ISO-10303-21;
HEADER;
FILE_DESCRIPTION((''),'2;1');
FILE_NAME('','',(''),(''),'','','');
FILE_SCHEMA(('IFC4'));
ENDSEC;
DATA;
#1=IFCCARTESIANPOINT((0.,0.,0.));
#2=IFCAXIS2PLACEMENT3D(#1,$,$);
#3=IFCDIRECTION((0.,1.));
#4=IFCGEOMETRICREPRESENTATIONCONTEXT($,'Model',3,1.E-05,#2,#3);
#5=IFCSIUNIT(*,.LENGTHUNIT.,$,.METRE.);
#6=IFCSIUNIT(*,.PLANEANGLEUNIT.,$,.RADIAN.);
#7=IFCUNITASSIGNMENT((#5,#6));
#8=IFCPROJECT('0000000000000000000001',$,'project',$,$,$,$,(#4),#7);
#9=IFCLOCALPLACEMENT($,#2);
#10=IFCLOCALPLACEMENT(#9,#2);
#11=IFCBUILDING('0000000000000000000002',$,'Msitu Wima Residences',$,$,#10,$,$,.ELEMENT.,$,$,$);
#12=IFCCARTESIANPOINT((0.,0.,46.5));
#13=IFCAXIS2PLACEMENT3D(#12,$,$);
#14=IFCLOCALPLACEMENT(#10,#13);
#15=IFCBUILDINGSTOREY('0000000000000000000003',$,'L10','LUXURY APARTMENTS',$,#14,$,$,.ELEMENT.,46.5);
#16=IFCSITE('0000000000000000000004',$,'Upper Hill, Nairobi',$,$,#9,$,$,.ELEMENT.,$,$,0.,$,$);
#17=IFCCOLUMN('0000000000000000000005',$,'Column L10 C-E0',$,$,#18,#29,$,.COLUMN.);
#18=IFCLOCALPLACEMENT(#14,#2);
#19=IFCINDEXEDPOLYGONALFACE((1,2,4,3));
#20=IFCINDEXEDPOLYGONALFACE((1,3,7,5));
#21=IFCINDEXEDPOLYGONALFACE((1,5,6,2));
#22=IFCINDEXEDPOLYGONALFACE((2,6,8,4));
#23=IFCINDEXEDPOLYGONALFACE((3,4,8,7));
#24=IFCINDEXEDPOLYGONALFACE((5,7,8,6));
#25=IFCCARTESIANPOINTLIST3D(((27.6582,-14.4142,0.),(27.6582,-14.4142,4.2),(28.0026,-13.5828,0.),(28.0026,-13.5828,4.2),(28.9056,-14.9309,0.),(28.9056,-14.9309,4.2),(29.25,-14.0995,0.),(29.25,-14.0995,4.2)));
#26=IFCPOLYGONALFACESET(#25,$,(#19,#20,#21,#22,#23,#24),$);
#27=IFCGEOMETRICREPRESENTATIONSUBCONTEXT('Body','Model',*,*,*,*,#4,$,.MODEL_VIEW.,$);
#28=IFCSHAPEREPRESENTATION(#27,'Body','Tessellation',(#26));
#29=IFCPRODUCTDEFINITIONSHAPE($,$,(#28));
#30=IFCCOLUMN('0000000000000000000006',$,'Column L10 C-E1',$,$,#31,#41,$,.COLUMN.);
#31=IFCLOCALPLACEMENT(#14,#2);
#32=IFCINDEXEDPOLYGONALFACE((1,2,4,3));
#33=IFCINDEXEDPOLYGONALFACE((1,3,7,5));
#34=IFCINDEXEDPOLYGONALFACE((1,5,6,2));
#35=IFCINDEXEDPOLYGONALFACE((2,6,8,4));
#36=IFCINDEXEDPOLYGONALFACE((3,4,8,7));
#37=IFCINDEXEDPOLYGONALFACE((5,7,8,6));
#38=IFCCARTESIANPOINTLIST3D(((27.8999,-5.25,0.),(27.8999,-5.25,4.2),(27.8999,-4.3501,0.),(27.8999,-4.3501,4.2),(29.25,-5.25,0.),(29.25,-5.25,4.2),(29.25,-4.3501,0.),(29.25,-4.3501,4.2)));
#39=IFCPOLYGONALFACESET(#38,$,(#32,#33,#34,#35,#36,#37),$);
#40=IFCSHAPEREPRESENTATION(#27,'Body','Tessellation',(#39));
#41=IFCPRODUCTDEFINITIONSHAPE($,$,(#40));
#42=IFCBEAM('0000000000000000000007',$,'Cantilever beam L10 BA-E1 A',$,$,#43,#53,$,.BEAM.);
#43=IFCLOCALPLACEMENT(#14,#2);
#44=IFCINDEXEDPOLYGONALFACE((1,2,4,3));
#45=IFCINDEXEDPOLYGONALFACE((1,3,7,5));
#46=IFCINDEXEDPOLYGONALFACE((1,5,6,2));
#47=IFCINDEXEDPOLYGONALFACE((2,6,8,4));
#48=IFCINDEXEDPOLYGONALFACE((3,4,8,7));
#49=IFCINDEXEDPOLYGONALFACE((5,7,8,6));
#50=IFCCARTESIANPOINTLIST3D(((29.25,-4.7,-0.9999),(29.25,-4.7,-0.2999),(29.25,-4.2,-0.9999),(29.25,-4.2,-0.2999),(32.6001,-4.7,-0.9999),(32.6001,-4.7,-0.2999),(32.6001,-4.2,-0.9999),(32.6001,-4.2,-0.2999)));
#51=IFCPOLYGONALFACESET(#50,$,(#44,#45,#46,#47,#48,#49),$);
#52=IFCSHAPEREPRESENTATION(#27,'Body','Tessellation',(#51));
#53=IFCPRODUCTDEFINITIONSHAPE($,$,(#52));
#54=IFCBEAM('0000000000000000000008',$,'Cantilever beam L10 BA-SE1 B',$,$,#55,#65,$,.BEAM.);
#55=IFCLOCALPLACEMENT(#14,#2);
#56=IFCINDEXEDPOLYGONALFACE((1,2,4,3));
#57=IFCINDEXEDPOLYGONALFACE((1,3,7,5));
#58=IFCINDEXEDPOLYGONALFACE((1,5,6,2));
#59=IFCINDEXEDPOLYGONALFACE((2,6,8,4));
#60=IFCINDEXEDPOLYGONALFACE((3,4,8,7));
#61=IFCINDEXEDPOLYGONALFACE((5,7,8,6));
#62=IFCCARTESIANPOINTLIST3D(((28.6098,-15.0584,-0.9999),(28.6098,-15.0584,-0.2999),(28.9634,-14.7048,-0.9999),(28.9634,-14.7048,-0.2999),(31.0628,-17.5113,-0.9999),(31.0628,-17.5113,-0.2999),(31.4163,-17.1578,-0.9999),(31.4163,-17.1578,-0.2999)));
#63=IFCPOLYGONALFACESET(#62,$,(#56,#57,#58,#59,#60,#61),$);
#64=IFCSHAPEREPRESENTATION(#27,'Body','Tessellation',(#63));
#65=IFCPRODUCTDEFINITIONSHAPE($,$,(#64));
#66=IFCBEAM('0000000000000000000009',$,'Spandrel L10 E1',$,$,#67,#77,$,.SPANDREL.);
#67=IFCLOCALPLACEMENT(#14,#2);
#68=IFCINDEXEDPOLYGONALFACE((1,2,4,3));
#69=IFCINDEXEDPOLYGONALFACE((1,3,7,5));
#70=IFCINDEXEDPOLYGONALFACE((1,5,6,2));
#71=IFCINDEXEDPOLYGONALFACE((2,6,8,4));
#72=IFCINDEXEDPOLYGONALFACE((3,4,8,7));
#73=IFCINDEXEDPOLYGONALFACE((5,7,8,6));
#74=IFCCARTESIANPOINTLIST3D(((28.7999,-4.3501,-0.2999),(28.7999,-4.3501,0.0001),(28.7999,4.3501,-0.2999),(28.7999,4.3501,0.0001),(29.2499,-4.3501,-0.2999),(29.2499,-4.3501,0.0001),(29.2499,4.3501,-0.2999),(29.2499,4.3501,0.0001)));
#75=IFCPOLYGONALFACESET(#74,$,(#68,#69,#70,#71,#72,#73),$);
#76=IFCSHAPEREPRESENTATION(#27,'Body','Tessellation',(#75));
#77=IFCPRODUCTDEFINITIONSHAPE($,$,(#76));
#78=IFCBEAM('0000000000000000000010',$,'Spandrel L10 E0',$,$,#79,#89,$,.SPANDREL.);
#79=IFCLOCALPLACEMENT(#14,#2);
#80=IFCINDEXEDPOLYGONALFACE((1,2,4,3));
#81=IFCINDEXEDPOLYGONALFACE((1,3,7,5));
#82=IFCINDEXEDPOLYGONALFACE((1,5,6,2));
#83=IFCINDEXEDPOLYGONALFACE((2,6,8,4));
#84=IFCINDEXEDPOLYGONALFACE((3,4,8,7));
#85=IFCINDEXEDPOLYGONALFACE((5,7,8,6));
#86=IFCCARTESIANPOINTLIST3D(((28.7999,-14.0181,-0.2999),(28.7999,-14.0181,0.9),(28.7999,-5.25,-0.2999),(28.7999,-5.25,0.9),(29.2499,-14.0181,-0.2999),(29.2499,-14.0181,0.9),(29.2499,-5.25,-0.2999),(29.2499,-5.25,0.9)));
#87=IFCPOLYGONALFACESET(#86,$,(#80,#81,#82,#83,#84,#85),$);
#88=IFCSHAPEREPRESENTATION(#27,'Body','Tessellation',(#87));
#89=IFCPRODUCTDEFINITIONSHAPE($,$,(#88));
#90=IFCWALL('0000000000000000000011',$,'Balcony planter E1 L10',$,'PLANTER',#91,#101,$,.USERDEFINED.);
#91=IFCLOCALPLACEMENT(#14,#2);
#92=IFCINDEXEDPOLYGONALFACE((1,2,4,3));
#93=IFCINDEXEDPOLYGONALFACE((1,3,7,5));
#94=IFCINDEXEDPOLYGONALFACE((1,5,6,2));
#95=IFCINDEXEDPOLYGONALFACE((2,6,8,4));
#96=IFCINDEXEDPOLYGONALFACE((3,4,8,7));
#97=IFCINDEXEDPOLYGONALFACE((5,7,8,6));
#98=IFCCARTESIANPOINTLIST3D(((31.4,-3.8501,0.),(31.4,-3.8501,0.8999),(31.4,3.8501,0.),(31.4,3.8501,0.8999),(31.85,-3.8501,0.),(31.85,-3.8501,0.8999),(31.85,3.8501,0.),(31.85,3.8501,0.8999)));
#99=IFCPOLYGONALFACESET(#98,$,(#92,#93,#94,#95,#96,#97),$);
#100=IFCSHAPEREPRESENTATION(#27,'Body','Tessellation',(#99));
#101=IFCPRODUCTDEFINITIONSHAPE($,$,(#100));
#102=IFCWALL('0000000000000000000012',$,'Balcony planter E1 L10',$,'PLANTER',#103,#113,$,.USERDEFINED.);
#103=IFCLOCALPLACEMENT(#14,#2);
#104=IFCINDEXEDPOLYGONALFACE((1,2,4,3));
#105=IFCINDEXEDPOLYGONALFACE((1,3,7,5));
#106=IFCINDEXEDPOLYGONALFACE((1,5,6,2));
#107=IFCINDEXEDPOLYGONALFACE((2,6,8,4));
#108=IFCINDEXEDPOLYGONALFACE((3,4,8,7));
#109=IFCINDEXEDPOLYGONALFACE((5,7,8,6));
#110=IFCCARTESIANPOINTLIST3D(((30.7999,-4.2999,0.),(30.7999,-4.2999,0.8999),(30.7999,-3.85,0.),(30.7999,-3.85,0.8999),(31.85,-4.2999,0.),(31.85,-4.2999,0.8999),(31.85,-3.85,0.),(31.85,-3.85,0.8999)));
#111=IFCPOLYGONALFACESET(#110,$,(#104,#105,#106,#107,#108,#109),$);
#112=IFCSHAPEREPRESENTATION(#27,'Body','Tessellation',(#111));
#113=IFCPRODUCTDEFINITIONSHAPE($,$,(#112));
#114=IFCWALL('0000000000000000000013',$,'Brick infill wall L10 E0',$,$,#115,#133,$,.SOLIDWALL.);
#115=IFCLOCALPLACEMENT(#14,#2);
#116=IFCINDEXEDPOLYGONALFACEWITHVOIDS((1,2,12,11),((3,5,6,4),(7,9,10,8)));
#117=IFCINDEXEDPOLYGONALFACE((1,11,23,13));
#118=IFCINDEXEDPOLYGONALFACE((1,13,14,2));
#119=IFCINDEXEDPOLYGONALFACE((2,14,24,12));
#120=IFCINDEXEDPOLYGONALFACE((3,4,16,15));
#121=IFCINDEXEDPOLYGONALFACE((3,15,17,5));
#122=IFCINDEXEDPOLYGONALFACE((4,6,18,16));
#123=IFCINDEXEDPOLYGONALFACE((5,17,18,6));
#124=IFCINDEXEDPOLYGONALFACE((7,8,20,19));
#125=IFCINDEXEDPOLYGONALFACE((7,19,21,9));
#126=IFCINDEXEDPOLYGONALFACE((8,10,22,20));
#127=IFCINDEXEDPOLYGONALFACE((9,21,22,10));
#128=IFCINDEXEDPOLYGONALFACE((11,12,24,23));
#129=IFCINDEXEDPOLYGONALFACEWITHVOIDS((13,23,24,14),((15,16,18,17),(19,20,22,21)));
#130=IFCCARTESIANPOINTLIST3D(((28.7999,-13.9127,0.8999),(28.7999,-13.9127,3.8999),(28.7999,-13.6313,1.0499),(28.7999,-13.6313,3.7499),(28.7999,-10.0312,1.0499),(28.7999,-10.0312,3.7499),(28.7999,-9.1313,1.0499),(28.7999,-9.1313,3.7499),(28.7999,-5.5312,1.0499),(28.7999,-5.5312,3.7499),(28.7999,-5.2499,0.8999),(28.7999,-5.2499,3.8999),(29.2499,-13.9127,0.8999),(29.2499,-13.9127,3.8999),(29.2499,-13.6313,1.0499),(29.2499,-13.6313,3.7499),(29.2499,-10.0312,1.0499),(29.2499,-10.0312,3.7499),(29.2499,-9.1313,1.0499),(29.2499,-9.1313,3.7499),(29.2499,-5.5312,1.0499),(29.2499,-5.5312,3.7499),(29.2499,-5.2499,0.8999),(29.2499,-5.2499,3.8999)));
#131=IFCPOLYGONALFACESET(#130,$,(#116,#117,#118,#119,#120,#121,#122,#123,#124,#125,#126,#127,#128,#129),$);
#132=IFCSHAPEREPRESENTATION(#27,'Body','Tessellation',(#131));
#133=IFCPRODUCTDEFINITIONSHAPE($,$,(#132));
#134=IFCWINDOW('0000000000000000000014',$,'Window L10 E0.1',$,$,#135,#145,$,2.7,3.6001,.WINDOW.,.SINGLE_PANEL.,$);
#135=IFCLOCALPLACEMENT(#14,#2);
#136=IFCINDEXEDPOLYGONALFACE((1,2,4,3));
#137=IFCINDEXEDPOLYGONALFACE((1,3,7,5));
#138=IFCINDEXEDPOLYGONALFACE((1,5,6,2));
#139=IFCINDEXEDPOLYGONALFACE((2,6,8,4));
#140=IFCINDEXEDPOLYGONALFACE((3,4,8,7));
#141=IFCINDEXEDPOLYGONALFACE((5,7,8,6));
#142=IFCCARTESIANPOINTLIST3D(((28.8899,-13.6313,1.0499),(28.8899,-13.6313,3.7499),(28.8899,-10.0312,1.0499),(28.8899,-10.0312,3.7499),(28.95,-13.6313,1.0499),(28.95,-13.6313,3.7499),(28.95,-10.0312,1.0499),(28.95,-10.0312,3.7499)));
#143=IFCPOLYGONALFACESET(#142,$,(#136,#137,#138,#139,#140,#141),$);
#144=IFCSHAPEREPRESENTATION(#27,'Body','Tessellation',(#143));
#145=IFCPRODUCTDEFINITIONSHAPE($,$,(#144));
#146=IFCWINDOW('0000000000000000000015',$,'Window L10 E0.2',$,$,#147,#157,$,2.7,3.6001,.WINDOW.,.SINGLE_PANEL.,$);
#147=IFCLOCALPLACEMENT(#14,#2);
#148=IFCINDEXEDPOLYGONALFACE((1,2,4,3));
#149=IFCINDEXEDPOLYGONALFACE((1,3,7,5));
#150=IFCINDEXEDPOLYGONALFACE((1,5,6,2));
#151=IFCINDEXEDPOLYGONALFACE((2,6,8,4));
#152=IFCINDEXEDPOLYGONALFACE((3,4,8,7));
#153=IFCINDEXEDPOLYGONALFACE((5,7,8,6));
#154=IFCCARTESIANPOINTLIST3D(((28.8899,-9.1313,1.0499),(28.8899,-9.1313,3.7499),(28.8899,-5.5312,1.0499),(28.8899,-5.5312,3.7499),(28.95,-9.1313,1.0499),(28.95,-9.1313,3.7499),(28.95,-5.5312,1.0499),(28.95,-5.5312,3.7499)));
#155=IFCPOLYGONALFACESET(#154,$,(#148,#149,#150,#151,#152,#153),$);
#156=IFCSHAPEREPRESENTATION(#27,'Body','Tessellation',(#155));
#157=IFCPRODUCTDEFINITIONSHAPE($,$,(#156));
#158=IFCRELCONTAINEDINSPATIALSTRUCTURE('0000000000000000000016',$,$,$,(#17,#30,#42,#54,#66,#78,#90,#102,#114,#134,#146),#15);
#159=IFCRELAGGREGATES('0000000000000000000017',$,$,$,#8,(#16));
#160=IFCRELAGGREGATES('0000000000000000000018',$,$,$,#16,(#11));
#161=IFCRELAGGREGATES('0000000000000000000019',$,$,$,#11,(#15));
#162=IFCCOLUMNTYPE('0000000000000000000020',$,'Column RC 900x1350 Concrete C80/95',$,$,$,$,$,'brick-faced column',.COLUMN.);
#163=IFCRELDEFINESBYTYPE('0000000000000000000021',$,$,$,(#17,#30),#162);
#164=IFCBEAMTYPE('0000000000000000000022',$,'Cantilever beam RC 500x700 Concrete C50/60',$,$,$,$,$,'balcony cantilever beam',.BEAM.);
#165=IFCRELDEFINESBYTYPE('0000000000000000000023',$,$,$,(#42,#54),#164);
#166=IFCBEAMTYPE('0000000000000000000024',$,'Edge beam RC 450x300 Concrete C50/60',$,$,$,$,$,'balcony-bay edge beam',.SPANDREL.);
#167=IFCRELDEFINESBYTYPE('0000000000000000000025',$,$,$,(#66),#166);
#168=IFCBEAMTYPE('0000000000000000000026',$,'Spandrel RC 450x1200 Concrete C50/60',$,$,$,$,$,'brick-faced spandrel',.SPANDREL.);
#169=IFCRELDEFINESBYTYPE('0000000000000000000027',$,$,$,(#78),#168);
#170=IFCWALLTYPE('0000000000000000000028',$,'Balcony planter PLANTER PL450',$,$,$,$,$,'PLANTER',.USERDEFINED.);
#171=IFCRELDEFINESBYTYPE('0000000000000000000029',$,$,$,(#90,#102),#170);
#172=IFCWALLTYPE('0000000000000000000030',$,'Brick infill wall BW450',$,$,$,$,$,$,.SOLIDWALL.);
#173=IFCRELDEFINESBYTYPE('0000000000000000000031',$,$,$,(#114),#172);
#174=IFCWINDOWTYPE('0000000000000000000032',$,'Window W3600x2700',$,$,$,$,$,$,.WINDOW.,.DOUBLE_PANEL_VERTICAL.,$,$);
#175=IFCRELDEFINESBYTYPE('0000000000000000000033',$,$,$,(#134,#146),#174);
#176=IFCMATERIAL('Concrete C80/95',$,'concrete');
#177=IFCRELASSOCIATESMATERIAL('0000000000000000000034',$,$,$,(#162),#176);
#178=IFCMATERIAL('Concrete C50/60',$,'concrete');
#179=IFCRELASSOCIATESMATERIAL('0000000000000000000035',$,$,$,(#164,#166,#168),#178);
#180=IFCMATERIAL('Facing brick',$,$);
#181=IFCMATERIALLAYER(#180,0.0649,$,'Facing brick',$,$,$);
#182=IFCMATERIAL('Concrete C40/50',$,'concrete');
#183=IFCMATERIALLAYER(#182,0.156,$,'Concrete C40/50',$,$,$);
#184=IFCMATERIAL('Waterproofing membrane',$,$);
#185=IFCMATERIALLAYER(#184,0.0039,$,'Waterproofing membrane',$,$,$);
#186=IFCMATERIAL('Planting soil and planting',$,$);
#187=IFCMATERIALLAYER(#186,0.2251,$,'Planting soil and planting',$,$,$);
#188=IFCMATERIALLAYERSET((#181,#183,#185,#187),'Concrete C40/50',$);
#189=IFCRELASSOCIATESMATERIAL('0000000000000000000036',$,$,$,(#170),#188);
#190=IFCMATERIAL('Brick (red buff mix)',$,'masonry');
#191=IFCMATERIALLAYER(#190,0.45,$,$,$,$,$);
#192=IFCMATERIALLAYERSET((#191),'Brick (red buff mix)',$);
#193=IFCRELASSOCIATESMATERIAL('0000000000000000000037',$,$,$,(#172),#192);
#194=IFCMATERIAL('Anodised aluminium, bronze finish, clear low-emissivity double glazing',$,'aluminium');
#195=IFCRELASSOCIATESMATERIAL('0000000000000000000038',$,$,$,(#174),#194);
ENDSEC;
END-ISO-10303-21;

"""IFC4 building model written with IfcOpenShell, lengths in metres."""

from ifc_helpers import new_model, si_unit, direction, frame, frame_2d, origin, origin_2d, place, context, subcontext, project, spatial, rectangle, extrude, material, layer, layer_set, material_profile, profile_set, type_object, element, fill, save


model = new_model("IFC4")

# Units and contexts
model_context = context("Model", 3, precision=1e-05, world=origin(), true_north=direction((0.0, 1.0)))
body_context = subcontext(model_context, "Body", "Model", "MODEL_VIEW")
ifc_project = project(units=[si_unit("LENGTHUNIT", "METRE"), si_unit("PLANEANGLEUNIT", "RADIAN")], contexts=[model_context])

# Site, building, storey
site_placement = place(None, origin())
site = spatial("IfcSite", under=ifc_project, at=site_placement, Name="Upper Hill, Nairobi", CompositionType="ELEMENT", RefElevation=0.0)
building_placement = place(site_placement, origin())
building = spatial("IfcBuilding", under=site, at=building_placement, Name="Msitu Wima Residences", CompositionType="ELEMENT")
storey_placement = place(building_placement, frame((0.0, 0.0, 46.5)))
storey = spatial("IfcBuildingStorey", under=building, at=storey_placement, Name="L10", Description="LUXURY APARTMENTS", CompositionType="ELEMENT", Elevation=46.5)

# Columns
ifc_material_1 = material(Name="Concrete C80/95", Category="concrete")
ifc_material_profile_1 = material_profile(ifc_material_1, rectangle(XDim=0.8999, YDim=1.3501, at=origin_2d()), Name="RC 900x1350")
ifc_profile_set_1 = profile_set([ifc_material_profile_1], Name="Concrete C80/95")
column_type = type_object("IfcColumnType", Name="Column RC 900x1350 Concrete C80/95", ElementType="brick-faced column", PredefinedType="COLUMN", material=ifc_profile_set_1)
for number, where, z_axis, x_axis, name in (
    (1, (28.4541, -14.2568, 0.0), (0.0, 0.0, 1.0), (0.382683, 0.92388, 0.0), "Column L10 C-E0"),
    (2, (28.575, -4.8, 0.0), (0.0, 0.0, 1.0), (0.0, 1.0, 0.0), "Column L10 C-E1"),
):
    element("IfcColumn", number, at=place(storey_placement, frame(where, z_axis=z_axis, x_axis=x_axis)), inside=storey, type_object=column_type, Name=name, PredefinedType="COLUMN", context=body_context, shape_type="SweptSolid", body=[
        extrude(rectangle(XDim=0.8999, YDim=1.3501, at=origin_2d()), origin(), (0.0, 0.0, 1.0), 4.2),
    ])

# Beams
ifc_material_2 = material(Name="Concrete C50/60", Category="concrete")
ifc_material_profile_2 = material_profile(ifc_material_2, rectangle(XDim=0.5, YDim=0.7, at=origin_2d()), Name="RC 500x700")
ifc_profile_set_2 = profile_set([ifc_material_profile_2], Name="Concrete C50/60")
beam_type_1 = type_object("IfcBeamType", Name="Cantilever beam RC 500x700 Concrete C50/60", ElementType="balcony cantilever beam", PredefinedType="BEAM", material=ifc_profile_set_2)
beam_1_placement = place(storey_placement, frame((29.25, -4.45, -0.6499), z_axis=(1.0, 0.0, 0.0), x_axis=(0.0, 1.0, 0.0)))
element("IfcBeam", 3, at=beam_1_placement, inside=storey, type_object=beam_type_1, Name="Cantilever beam L10 BA-E1 A", PredefinedType="BEAM", context=body_context, shape_type="SweptSolid", body=[
    extrude(rectangle(XDim=0.5, YDim=0.7, at=origin_2d()), origin(), (0.0, 0.0, 1.0), 3.3501),
])
beam_2_placement = place(storey_placement, frame((28.7866, -14.8816, -0.6499), z_axis=(0.707107, -0.707107, 0.0), x_axis=(0.707107, 0.707107, 0.0)))
element("IfcBeam", 4, at=beam_2_placement, inside=storey, type_object=beam_type_1, Name="Cantilever beam L10 BA-SE1 B", PredefinedType="BEAM", context=body_context, shape_type="SweptSolid", body=[
    extrude(rectangle(XDim=0.5, YDim=0.7, at=origin_2d()), origin(), (0.0, 0.0, 1.0), 3.469),
])
ifc_material_profile_3 = material_profile(ifc_material_2, rectangle(XDim=0.45, YDim=0.3, at=origin_2d()), Name="RC 450x300")
ifc_profile_set_3 = profile_set([ifc_material_profile_3], Name="Concrete C50/60")
beam_type_2 = type_object("IfcBeamType", Name="Edge beam RC 450x300 Concrete C50/60", ElementType="balcony-bay edge beam", PredefinedType="SPANDREL", material=ifc_profile_set_3)
beam_3_placement = place(storey_placement, frame((29.0249, -4.3501, -0.1499), z_axis=(0.0, 1.0, 0.0), x_axis=(-1.0, 0.0, 0.0)))
element("IfcBeam", 5, at=beam_3_placement, inside=storey, type_object=beam_type_2, Name="Spandrel L10 E1", PredefinedType="SPANDREL", context=body_context, shape_type="SweptSolid", body=[
    extrude(rectangle(XDim=0.45, YDim=0.3, at=origin_2d()), origin(), (0.0, 0.0, 1.0), 8.7002),
])
ifc_material_profile_4 = material_profile(ifc_material_2, rectangle(XDim=0.45, YDim=1.2, at=origin_2d()), Name="RC 450x1200")
ifc_profile_set_4 = profile_set([ifc_material_profile_4], Name="Concrete C50/60")
beam_type_3 = type_object("IfcBeamType", Name="Spandrel RC 450x1200 Concrete C50/60", ElementType="brick-faced spandrel", PredefinedType="SPANDREL", material=ifc_profile_set_4)
beam_4_placement = place(storey_placement, frame((29.0249, -14.0181, 0.3), z_axis=(0.0, 1.0, 0.0), x_axis=(-1.0, 0.0, 0.0)))
element("IfcBeam", 6, at=beam_4_placement, inside=storey, type_object=beam_type_3, Name="Spandrel L10 E0", PredefinedType="SPANDREL", context=body_context, shape_type="SweptSolid", body=[
    extrude(rectangle(XDim=0.45, YDim=1.2, at=origin_2d()), origin(), (0.0, 0.0, 1.0), 8.7681),
])

# Walls
ifc_material_3 = material(Name="Facing brick")
ifc_layer_1 = layer(ifc_material_3, 0.0649, Name="Facing brick")
ifc_material_4 = material(Name="Concrete C40/50", Category="concrete")
ifc_layer_2 = layer(ifc_material_4, 0.156, Name="Concrete C40/50")
ifc_material_5 = material(Name="Waterproofing membrane")
ifc_layer_3 = layer(ifc_material_5, 0.0039, Name="Waterproofing membrane")
ifc_material_6 = material(Name="Planting soil and planting")
ifc_layer_4 = layer(ifc_material_6, 0.2251, Name="Planting soil and planting")
ifc_layer_set_1 = layer_set([ifc_layer_1, ifc_layer_2, ifc_layer_3, ifc_layer_4], Name="Concrete C40/50")
wall_type_1 = type_object("IfcWallType", Name="Balcony planter PLANTER PL450", ElementType="PLANTER", PredefinedType="USERDEFINED", material=ifc_layer_set_1)
wall_1_placement = place(storey_placement, frame((31.625, -3.8501, 0.0), z_axis=(0.0, 0.0, 1.0), x_axis=(0.0, 1.0, 0.0)))
element("IfcWall", 7, at=wall_1_placement, inside=storey, type_object=wall_type_1, Name="Balcony planter E1 L10", ObjectType="PLANTER", PredefinedType="USERDEFINED", context=body_context, shape_type="SweptSolid", body=[
    extrude(rectangle(XDim=7.7002, YDim=0.45, at=frame_2d((3.8501, 0.0))), origin(), (0.0, 0.0, 1.0), 0.8999),
])
wall_2_placement = place(storey_placement, frame((30.8, -4.075, 0.0), z_axis=(0.0, 0.0, 1.0), x_axis=(1.0, 0.0, 0.0)))
element("IfcWall", 8, at=wall_2_placement, inside=storey, type_object=wall_type_1, Name="Balcony planter E1 L10", ObjectType="PLANTER", PredefinedType="USERDEFINED", context=body_context, shape_type="SweptSolid", body=[
    extrude(rectangle(XDim=1.05, YDim=0.45, at=frame_2d((0.5249, 0.0))), origin(), (0.0, 0.0, 1.0), 0.8999),
])

# Wall, openings, windows
ifc_material_7 = material(Name="Brick (red buff mix)", Category="masonry")
ifc_layer_5 = layer(ifc_material_7, 0.45)
ifc_layer_set_2 = layer_set([ifc_layer_5], Name="Brick (red buff mix)")
wall_type_2 = type_object("IfcWallType", Name="Brick infill wall BW450", PredefinedType="SOLIDWALL", material=ifc_layer_set_2)
wall_3_placement = place(storey_placement, frame((29.0249, -13.9128, 0.8999), z_axis=(0.0, 0.0, 1.0), x_axis=(0.0, 1.0, 0.0)))
wall_3 = element("IfcWall", 9, at=wall_3_placement, inside=storey, type_object=wall_type_2, Name="Brick infill wall L10 E0", PredefinedType="SOLIDWALL", context=body_context, shape_type="SweptSolid", body=[
    extrude(rectangle(XDim=8.6628, YDim=0.45, at=frame_2d((4.3315, 0.0))), origin(), (0.0, 0.0, 1.0), 3.0),
])
opening_1_placement = place(wall_3_placement, frame((0.2815, 0.0, 0.1499)))
opening_1 = element("IfcOpeningElement", 10, at=opening_1_placement, cuts=wall_3, PredefinedType="OPENING", context=body_context, shape_type="SweptSolid", body=[
    extrude(rectangle(XDim=3.6001, YDim=2.7, at=frame_2d((1.8, 1.3501))), frame((0.0, 0.2349, 0.0), z_axis=(0.0, -1.0, 0.0), x_axis=(1.0, 0.0, 0.0)), (0.0, 0.0, 1.0), 0.47),
])
opening_2_placement = place(wall_3_placement, frame((4.7815, 0.0, 0.1499)))
opening_2 = element("IfcOpeningElement", 11, at=opening_2_placement, cuts=wall_3, PredefinedType="OPENING", context=body_context, shape_type="SweptSolid", body=[
    extrude(rectangle(XDim=3.6001, YDim=2.7, at=frame_2d((1.8, 1.3501))), frame((0.0, 0.2349, 0.0), z_axis=(0.0, -1.0, 0.0), x_axis=(1.0, 0.0, 0.0)), (0.0, 0.0, 1.0), 0.47),
])
ifc_material_8 = material(Name="Anodised aluminium, bronze finish, clear low-emissivity double glazing", Category="aluminium")
window_type = type_object("IfcWindowType", Name="Window W3600x2700", PartitioningType="DOUBLE_PANEL_VERTICAL", PredefinedType="WINDOW", material=ifc_material_8)
window_1_placement = place(opening_1_placement, origin())
window_1 = element("IfcWindow", 12, at=window_1_placement, inside=storey, type_object=window_type, Name="Window L10 E0.1", OverallHeight=2.7, OverallWidth=3.6001, PartitioningType="SINGLE_PANEL", PredefinedType="WINDOW", context=body_context, shape_type="SweptSolid", body=[
    extrude(rectangle(XDim=3.6001, YDim=2.7, at=frame_2d((1.8, 1.3501))), frame((0.0, 0.135, 0.0), z_axis=(0.0, -1.0, 0.0), x_axis=(1.0, 0.0, 0.0)), (0.0, 0.0, 1.0), 0.0601),
])
fill(opening_1, window_1)
window_2_placement = place(opening_2_placement, origin())
window_2 = element("IfcWindow", 13, at=window_2_placement, inside=storey, type_object=window_type, Name="Window L10 E0.2", OverallHeight=2.7, OverallWidth=3.6001, PartitioningType="SINGLE_PANEL", PredefinedType="WINDOW", context=body_context, shape_type="SweptSolid", body=[
    extrude(rectangle(XDim=3.6001, YDim=2.7, at=frame_2d((1.8, 1.3501))), frame((0.0, 0.135, 0.0), z_axis=(0.0, -1.0, 0.0), x_axis=(1.0, 0.0, 0.0)), (0.0, 0.0, 1.0), 0.0601),
])
fill(opening_2, window_2)

save(model, "model.ifc")
